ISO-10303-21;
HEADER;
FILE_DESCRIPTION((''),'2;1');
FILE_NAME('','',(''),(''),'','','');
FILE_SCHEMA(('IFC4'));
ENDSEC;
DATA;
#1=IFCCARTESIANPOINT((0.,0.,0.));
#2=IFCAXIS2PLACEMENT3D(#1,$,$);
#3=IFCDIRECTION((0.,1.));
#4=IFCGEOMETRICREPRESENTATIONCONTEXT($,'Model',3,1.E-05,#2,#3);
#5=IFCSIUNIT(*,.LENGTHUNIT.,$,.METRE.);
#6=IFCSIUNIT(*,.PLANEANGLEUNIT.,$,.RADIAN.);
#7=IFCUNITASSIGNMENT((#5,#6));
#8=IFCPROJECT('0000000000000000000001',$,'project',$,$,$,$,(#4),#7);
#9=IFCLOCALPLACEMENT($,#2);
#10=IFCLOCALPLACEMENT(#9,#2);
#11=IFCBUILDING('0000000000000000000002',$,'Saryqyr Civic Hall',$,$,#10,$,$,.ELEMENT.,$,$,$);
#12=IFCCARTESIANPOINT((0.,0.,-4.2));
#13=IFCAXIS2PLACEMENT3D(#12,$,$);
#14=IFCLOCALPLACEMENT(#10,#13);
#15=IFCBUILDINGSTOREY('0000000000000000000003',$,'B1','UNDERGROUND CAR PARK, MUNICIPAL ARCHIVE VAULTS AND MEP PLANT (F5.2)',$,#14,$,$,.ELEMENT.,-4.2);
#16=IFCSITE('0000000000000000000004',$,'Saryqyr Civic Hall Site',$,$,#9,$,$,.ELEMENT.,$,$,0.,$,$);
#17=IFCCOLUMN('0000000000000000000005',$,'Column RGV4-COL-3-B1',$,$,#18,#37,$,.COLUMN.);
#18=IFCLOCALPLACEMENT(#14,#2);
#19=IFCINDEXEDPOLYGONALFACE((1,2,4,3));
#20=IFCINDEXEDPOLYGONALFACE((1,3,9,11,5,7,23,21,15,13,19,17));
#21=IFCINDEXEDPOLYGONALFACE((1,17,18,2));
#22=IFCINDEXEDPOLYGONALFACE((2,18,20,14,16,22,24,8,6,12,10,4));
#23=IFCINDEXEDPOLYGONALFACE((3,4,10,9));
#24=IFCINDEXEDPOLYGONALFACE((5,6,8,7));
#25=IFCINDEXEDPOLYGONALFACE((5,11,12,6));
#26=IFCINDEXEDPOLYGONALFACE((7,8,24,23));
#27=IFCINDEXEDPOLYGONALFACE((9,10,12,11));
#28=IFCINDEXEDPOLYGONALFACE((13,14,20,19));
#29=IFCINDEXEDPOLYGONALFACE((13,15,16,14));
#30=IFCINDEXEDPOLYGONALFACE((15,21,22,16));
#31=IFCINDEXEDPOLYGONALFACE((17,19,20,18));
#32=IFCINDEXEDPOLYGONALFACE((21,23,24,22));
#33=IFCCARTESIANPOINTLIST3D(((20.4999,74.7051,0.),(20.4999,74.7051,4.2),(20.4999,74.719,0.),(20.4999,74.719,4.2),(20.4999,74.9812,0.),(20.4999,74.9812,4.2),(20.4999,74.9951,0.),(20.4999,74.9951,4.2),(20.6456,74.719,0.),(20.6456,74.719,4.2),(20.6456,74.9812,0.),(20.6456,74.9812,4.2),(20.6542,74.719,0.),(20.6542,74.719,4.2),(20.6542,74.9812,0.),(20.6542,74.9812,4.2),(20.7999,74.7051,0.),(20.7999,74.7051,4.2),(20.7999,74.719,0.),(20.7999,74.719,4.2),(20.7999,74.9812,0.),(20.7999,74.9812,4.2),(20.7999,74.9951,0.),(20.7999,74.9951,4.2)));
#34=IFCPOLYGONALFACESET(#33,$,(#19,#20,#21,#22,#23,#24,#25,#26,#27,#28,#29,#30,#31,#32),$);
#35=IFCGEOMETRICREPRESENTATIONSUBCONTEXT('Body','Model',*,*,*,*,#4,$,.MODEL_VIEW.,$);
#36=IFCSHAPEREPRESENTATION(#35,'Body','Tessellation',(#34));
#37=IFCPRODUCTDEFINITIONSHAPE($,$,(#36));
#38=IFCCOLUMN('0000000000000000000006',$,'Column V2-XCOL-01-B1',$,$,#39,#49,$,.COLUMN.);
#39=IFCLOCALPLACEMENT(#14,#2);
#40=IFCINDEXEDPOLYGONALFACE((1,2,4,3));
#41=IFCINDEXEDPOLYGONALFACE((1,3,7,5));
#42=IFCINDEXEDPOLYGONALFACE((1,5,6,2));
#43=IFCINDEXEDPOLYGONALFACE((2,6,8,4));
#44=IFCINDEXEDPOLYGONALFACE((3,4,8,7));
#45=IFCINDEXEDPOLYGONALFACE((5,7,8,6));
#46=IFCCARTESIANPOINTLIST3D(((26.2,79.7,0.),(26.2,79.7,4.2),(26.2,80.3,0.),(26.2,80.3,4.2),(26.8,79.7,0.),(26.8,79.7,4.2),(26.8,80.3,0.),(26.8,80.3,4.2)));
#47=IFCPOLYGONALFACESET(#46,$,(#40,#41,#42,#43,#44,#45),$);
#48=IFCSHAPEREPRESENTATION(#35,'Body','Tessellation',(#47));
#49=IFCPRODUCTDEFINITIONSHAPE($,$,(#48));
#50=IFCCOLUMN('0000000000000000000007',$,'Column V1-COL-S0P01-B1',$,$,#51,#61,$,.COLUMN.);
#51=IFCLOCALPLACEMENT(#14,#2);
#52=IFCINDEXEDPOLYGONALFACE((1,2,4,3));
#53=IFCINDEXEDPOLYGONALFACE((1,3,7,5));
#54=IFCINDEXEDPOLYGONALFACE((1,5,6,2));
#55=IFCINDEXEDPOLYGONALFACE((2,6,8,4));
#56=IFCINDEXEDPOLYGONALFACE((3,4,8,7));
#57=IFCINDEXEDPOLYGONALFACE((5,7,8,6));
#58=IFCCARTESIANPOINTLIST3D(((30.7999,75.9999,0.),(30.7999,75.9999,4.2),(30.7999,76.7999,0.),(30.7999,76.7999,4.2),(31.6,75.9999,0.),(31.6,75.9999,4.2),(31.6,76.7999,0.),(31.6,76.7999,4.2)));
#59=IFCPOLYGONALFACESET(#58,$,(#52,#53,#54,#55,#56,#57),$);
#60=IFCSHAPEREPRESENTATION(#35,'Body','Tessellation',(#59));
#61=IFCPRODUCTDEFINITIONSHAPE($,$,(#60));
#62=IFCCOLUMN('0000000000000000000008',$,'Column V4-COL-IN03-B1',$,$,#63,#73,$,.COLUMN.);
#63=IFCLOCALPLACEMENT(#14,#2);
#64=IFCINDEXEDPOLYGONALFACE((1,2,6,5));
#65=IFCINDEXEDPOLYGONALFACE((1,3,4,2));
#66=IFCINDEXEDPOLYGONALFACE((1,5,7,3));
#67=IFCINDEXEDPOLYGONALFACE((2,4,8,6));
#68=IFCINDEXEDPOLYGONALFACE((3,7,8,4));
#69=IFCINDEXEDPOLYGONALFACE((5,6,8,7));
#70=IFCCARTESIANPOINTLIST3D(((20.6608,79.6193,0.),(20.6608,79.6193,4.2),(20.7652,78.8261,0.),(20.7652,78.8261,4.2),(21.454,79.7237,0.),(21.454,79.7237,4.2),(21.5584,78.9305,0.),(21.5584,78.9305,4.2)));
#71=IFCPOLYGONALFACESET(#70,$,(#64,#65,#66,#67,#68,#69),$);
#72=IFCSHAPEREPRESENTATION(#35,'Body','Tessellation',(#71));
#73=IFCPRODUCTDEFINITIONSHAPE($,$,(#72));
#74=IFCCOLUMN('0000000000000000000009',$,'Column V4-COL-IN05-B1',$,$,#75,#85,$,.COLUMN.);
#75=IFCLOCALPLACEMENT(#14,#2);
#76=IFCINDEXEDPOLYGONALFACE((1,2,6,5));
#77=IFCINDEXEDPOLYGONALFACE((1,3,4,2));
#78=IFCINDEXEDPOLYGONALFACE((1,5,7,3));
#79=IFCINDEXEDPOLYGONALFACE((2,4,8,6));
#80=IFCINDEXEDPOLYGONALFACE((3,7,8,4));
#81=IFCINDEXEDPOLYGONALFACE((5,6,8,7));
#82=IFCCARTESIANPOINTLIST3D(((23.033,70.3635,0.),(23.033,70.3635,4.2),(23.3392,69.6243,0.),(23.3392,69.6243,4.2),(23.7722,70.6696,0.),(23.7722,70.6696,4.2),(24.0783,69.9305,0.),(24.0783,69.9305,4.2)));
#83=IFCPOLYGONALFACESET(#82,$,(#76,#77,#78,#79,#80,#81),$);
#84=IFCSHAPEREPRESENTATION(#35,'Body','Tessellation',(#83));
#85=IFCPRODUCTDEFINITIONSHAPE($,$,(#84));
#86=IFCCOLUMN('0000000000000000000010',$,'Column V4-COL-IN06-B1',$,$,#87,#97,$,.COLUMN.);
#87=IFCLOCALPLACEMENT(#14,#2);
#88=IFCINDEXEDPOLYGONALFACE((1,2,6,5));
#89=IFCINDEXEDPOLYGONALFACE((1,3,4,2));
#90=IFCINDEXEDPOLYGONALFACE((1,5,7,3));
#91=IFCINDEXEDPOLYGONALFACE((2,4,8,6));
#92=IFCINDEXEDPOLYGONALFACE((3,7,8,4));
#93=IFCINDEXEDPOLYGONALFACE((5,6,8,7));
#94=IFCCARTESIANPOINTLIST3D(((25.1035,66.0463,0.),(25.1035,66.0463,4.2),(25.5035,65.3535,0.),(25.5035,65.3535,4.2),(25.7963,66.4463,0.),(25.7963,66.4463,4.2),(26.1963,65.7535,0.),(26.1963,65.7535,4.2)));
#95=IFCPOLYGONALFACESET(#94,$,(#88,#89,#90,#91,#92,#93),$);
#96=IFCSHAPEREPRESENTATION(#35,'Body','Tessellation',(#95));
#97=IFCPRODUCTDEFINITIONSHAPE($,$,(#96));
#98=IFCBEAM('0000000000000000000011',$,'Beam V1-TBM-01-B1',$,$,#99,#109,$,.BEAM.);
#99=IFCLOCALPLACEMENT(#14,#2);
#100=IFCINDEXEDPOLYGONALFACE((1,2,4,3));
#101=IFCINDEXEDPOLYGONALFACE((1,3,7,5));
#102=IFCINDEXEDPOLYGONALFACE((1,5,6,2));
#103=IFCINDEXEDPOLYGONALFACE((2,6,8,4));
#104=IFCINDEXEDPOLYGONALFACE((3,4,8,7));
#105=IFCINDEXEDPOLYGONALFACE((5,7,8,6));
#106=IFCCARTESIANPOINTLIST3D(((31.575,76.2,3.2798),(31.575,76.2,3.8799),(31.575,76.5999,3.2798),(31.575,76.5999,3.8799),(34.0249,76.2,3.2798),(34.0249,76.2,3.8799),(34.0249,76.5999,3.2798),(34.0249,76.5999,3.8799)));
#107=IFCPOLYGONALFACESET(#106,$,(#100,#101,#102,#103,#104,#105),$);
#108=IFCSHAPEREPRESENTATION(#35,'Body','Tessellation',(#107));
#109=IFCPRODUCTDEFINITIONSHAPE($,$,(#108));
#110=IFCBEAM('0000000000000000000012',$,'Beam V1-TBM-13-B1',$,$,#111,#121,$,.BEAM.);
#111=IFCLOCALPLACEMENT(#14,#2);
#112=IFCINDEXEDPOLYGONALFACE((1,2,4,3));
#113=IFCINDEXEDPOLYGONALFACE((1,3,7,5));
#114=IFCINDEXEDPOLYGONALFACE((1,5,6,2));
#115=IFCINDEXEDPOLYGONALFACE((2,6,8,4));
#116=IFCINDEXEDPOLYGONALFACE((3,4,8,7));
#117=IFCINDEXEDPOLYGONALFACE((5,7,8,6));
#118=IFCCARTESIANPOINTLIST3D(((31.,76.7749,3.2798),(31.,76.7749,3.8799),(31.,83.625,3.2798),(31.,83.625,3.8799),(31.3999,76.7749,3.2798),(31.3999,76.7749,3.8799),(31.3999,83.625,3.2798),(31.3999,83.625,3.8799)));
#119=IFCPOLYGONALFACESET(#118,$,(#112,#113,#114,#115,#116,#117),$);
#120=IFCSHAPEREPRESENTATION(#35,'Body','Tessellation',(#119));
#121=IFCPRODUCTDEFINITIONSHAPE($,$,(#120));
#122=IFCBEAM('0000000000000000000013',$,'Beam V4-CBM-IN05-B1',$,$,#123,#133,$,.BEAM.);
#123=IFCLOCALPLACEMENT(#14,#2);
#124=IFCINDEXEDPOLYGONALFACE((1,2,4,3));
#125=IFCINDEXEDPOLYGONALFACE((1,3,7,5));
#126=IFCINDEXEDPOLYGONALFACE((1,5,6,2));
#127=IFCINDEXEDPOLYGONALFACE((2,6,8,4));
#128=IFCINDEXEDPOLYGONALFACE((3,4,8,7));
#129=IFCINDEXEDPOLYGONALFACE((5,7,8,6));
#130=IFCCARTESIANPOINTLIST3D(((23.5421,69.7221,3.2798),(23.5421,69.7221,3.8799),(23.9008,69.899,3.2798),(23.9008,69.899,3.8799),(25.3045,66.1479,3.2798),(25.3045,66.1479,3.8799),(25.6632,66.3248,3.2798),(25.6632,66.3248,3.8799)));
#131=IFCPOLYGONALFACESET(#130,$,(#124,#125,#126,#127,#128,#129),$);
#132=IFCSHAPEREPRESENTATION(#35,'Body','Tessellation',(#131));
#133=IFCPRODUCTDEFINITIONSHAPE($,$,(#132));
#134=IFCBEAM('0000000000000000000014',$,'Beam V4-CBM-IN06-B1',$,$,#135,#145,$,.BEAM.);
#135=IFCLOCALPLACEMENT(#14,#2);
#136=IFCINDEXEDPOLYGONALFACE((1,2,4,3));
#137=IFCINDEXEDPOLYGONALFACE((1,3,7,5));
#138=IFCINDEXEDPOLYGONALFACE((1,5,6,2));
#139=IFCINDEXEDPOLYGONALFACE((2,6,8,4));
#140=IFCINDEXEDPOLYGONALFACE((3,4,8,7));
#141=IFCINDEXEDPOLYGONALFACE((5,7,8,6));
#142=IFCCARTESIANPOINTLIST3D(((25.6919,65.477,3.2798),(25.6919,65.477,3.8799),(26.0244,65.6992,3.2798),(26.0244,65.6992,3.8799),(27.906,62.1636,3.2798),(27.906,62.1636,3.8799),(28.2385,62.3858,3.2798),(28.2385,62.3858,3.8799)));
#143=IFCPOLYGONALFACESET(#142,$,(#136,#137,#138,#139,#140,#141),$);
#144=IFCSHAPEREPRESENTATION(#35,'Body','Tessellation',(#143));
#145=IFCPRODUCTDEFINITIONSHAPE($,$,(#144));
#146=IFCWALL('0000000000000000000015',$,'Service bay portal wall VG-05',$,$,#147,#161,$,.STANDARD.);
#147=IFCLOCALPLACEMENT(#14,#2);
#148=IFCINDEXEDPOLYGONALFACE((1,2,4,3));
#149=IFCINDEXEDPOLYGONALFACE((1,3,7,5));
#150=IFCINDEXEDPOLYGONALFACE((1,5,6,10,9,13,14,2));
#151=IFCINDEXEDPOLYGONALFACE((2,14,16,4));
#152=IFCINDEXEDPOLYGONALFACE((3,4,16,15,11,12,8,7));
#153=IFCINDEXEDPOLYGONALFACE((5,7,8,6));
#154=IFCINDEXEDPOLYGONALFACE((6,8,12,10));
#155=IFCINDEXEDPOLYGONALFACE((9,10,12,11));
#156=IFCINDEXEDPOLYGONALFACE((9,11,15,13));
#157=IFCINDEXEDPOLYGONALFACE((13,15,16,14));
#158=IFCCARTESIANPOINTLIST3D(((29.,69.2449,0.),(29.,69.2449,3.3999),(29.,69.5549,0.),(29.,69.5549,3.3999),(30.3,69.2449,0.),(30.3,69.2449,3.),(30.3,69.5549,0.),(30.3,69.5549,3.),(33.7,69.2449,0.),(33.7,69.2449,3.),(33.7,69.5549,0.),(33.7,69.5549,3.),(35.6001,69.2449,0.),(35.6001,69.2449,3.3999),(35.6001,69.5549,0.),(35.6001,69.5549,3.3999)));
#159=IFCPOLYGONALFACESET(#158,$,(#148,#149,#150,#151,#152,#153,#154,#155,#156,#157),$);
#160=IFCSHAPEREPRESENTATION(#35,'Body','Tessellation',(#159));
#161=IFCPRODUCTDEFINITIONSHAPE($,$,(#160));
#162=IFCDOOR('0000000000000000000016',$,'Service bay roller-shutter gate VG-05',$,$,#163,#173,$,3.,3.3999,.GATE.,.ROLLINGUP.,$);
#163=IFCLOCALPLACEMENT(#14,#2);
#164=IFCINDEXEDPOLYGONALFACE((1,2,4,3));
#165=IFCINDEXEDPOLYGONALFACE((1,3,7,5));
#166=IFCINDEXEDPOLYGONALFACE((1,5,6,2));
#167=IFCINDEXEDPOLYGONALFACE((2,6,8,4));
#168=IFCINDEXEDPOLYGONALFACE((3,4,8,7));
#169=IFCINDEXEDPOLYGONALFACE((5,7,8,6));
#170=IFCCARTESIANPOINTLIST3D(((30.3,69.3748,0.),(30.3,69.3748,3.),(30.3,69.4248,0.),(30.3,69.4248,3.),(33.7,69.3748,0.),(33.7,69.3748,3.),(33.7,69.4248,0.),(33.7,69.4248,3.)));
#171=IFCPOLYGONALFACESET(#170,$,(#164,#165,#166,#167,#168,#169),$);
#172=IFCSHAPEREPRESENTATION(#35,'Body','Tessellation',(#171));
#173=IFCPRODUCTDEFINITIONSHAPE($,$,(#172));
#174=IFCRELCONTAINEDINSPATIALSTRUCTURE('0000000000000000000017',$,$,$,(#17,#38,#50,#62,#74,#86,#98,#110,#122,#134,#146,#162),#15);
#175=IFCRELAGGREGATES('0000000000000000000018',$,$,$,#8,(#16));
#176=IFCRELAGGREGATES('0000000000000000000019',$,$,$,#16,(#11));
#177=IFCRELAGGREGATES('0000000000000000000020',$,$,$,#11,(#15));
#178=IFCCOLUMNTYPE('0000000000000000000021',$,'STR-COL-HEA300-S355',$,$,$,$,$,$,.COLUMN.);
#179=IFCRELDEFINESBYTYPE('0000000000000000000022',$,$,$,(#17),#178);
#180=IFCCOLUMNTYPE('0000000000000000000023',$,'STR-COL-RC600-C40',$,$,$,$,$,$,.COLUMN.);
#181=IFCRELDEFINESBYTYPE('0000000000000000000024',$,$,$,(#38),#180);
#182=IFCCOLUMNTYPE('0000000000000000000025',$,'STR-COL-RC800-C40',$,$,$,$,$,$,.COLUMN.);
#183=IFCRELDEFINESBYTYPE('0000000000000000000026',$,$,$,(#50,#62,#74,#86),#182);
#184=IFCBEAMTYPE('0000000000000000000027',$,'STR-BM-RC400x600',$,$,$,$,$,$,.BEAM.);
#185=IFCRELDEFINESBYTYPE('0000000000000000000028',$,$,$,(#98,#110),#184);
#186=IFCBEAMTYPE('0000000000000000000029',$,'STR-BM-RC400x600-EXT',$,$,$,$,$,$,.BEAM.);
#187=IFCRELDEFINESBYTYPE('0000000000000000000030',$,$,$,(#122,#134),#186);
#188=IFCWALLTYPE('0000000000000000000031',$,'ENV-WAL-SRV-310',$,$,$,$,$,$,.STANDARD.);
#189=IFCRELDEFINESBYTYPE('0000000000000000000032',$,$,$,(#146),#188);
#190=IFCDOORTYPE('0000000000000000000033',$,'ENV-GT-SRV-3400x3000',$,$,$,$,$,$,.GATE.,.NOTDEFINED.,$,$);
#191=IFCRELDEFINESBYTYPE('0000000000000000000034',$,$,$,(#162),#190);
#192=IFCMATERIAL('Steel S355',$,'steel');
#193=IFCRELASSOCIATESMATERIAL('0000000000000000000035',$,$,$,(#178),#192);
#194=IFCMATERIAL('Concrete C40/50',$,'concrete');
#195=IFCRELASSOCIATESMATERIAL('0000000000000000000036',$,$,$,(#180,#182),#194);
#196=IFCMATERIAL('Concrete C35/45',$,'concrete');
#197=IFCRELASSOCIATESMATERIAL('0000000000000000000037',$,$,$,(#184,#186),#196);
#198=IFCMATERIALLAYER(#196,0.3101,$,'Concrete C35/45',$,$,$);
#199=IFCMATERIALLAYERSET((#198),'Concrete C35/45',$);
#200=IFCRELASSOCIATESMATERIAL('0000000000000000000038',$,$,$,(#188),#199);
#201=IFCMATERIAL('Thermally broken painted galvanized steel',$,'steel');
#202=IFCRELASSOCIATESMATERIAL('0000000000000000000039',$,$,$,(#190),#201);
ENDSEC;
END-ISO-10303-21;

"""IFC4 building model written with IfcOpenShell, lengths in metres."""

from ifc_helpers import new_model, si_unit, direction, frame, frame_2d, origin, origin_2d, place, context, subcontext, project, spatial, rectangle, i_section, extrude, material, layer, layer_set, material_profile, profile_set, type_object, element, fill, save


model = new_model("IFC4")

# Units and contexts
model_context = context("Model", 3, precision=1e-05, world=origin(), true_north=direction((0.0, 1.0)))
body_context = subcontext(model_context, "Body", "Model", "MODEL_VIEW")
ifc_project = project(units=[si_unit("LENGTHUNIT", "METRE"), si_unit("PLANEANGLEUNIT", "RADIAN")], contexts=[model_context])

# Site, building, storey
site_placement = place(None, origin())
site = spatial("IfcSite", under=ifc_project, at=site_placement, Name="Saryqyr Civic Hall Site", CompositionType="ELEMENT", RefElevation=0.0)
building_placement = place(site_placement, origin())
building = spatial("IfcBuilding", under=site, at=building_placement, Name="Saryqyr Civic Hall", CompositionType="ELEMENT")
storey_placement = place(building_placement, frame((0.0, 0.0, -4.2)))
storey = spatial("IfcBuildingStorey", under=building, at=storey_placement, Name="B1", Description="UNDERGROUND CAR PARK, MUNICIPAL ARCHIVE VAULTS AND MEP PLANT (F5.2)", CompositionType="ELEMENT", Elevation=-4.2)

# Shared definitions
ifc_material_1 = material(Name="Concrete C35/45", Category="concrete")

# Columns
ifc_material_2 = material(Name="Steel S355", Category="steel")
ifc_material_profile_1 = material_profile(ifc_material_2, i_section(OverallWidth=0.3, OverallDepth=0.29, WebThickness=0.0085, FlangeThickness=0.0139, at=origin_2d()), Name="HEA 300")
ifc_profile_set_1 = profile_set([ifc_material_profile_1], Name="Steel S355")
column_type_1 = type_object("IfcColumnType", Name="STR-COL-HEA300-S355", PredefinedType="COLUMN", material=ifc_profile_set_1)
column_1_placement = place(storey_placement, frame((20.6499, 74.8501, 0.0), z_axis=(0.0, 0.0, 1.0), x_axis=(1.0, 0.0, 0.0)))
element("IfcColumn", 1, at=column_1_placement, inside=storey, type_object=column_type_1, Name="Column RGV4-COL-3-B1", PredefinedType="COLUMN", context=body_context, shape_type="SweptSolid", body=[
    extrude(i_section(OverallWidth=0.3, OverallDepth=0.29, WebThickness=0.0085, FlangeThickness=0.0139, at=origin_2d()), origin(), (0.0, 0.0, 1.0), 4.2),
])
ifc_material_3 = material(Name="Concrete C40/50", Category="concrete")
ifc_material_profile_2 = material_profile(ifc_material_3, rectangle(XDim=0.6001, YDim=0.6001, at=origin_2d()), Name="RC 600x600")
ifc_profile_set_2 = profile_set([ifc_material_profile_2], Name="Concrete C40/50")
column_type_2 = type_object("IfcColumnType", Name="STR-COL-RC600-C40", PredefinedType="COLUMN", material=ifc_profile_set_2)
column_2_placement = place(storey_placement, frame((26.5, 80.0, 0.0), z_axis=(0.0, 0.0, 1.0), x_axis=(1.0, 0.0, 0.0)))
element("IfcColumn", 2, at=column_2_placement, inside=storey, type_object=column_type_2, Name="Column V2-XCOL-01-B1", PredefinedType="COLUMN", context=body_context, shape_type="SweptSolid", body=[
    extrude(rectangle(XDim=0.6001, YDim=0.6001, at=origin_2d()), origin(), (0.0, 0.0, 1.0), 4.2),
])
ifc_material_profile_3 = material_profile(ifc_material_3, rectangle(XDim=0.8, YDim=0.8, at=origin_2d()), Name="RC 800x800")
ifc_profile_set_3 = profile_set([ifc_material_profile_3], Name="Concrete C40/50")
column_type_3 = type_object("IfcColumnType", Name="STR-COL-RC800-C40", PredefinedType="COLUMN", material=ifc_profile_set_3)
for number, where, z_axis, x_axis, name in (
    (3, (31.2, 76.3999, 0.0), (0.0, 0.0, 1.0), (1.0, 0.0, 0.0), "Column V1-COL-S0P01-B1"),
    (4, (21.1096, 79.2749, 0.0), (0.0, 0.0, 1.0), (-0.991445, -0.130526, 0.0), "Column V4-COL-IN03-B1"),
    (5, (23.5557, 70.147, 0.0), (0.0, 0.0, 1.0), (-0.92388, -0.382683, 0.0), "Column V4-COL-IN05-B1"),
    (6, (25.6499, 65.8999, 0.0), (0.0, 0.0, 1.0), (-0.866025, -0.5, 0.0), "Column V4-COL-IN06-B1"),
):
    element("IfcColumn", number, at=place(storey_placement, frame(where, z_axis=z_axis, x_axis=x_axis)), inside=storey, type_object=column_type_3, Name=name, PredefinedType="COLUMN", context=body_context, shape_type="SweptSolid", body=[
        extrude(rectangle(XDim=0.8, YDim=0.8, at=origin_2d()), origin(), (0.0, 0.0, 1.0), 4.2),
    ])

# Beams
ifc_material_profile_4 = material_profile(ifc_material_1, rectangle(XDim=0.3999, YDim=0.6001, at=origin_2d()), Name="RC 400x600")
ifc_profile_set_4 = profile_set([ifc_material_profile_4], Name="Concrete C35/45")
beam_type_1 = type_object("IfcBeamType", Name="STR-BM-RC400x600", PredefinedType="BEAM", material=ifc_profile_set_4)
beam_1_placement = place(storey_placement, frame((31.575, 76.3999, 3.5798), z_axis=(1.0, 0.0, 0.0), x_axis=(0.0, 1.0, 0.0)))
element("IfcBeam", 7, at=beam_1_placement, inside=storey, type_object=beam_type_1, Name="Beam V1-TBM-01-B1", PredefinedType="BEAM", context=body_context, shape_type="SweptSolid", body=[
    extrude(rectangle(XDim=0.3999, YDim=0.6001, at=origin_2d()), origin(), (0.0, 0.0, 1.0), 2.45),
])
beam_2_placement = place(storey_placement, frame((31.2, 76.7749, 3.5798), z_axis=(0.0, 1.0, 0.0), x_axis=(-1.0, 0.0, 0.0)))
element("IfcBeam", 8, at=beam_2_placement, inside=storey, type_object=beam_type_1, Name="Beam V1-TBM-13-B1", PredefinedType="BEAM", context=body_context, shape_type="SweptSolid", body=[
    extrude(rectangle(XDim=0.3999, YDim=0.6001, at=origin_2d()), origin(), (0.0, 0.0, 1.0), 6.8501),
])
ifc_material_profile_5 = material_profile(ifc_material_1, rectangle(XDim=0.3999, YDim=0.6001, at=origin_2d()), Name="RC 400x600")
ifc_profile_set_5 = profile_set([ifc_material_profile_5], Name="Concrete C35/45")
beam_type_2 = type_object("IfcBeamType", Name="STR-BM-RC400x600-EXT", PredefinedType="BEAM", material=ifc_profile_set_5)
for number, where, z_axis, x_axis, name in (
    (9, (23.7214, 69.8105, 3.5798), (0.442257, -0.896889, 0.0), (0.896889, 0.442257, 0.0), "Beam V4-CBM-IN05-B1"),
    (10, (25.8582, 65.5881, 3.5798), (0.555591, -0.831456, 0.0), (0.831456, 0.555591, 0.0), "Beam V4-CBM-IN06-B1"),
):
    element("IfcBeam", number, at=place(storey_placement, frame(where, z_axis=z_axis, x_axis=x_axis)), inside=storey, type_object=beam_type_2, Name=name, PredefinedType="BEAM", context=body_context, shape_type="SweptSolid", body=[
        extrude(rectangle(XDim=0.3999, YDim=0.6001, at=origin_2d()), origin(), (0.0, 0.0, 1.0), 3.9851),
    ])

# Wall, opening, door
ifc_layer_1 = layer(ifc_material_1, 0.3101, Name="Concrete C35/45")
ifc_layer_set_1 = layer_set([ifc_layer_1], Name="Concrete C35/45")
wall_type_1 = type_object("IfcWallType", Name="ENV-WAL-SRV-310", PredefinedType="STANDARD", material=ifc_layer_set_1)
wall_1_placement = place(storey_placement, frame((29.0, 69.3999, 0.0), z_axis=(0.0, 0.0, 1.0), x_axis=(1.0, 0.0, 0.0)))
wall_1 = element("IfcWall", 11, at=wall_1_placement, inside=storey, type_object=wall_type_1, Name="Service bay portal wall VG-05", PredefinedType="STANDARD", context=body_context, shape_type="SweptSolid", body=[
    extrude(rectangle(XDim=6.6001, YDim=0.3101, at=frame_2d((3.3, 0.0))), origin(), (0.0, 0.0, 1.0), 3.3999),
])
opening_1_placement = place(wall_1_placement, frame((1.3, 0.0, 0.0)))
opening_1 = element("IfcOpeningElement", 12, at=opening_1_placement, cuts=wall_1, PredefinedType="OPENING", context=body_context, shape_type="SweptSolid", body=[
    extrude(rectangle(XDim=3.3999, YDim=3.0, at=frame_2d((1.7, 1.5))), frame((0.0, 0.165, 0.0), z_axis=(0.0, -1.0, 0.0), x_axis=(1.0, 0.0, 0.0)), (0.0, 0.0, 1.0), 0.3301),
])
ifc_material_4 = material(Name="Thermally broken painted galvanized steel", Category="steel")
door_type_1 = type_object("IfcDoorType", Name="ENV-GT-SRV-3400x3000", OperationType="NOTDEFINED", PredefinedType="GATE", material=ifc_material_4)
door_1_placement = place(opening_1_placement, origin())
door_1 = element("IfcDoor", 13, at=door_1_placement, inside=storey, type_object=door_type_1, Name="Service bay roller-shutter gate VG-05", OperationType="ROLLINGUP", OverallHeight=3.0, OverallWidth=3.3999, PredefinedType="GATE", context=body_context, shape_type="SweptSolid", body=[
    extrude(rectangle(XDim=3.3999, YDim=3.0, at=frame_2d((1.7, 1.5))), frame((0.0, 0.0249, 0.0), z_axis=(0.0, -1.0, 0.0), x_axis=(1.0, 0.0, 0.0)), (0.0, 0.0, 1.0), 0.05),
])
fill(opening_1, door_1)

save(model, "model.ifc")
